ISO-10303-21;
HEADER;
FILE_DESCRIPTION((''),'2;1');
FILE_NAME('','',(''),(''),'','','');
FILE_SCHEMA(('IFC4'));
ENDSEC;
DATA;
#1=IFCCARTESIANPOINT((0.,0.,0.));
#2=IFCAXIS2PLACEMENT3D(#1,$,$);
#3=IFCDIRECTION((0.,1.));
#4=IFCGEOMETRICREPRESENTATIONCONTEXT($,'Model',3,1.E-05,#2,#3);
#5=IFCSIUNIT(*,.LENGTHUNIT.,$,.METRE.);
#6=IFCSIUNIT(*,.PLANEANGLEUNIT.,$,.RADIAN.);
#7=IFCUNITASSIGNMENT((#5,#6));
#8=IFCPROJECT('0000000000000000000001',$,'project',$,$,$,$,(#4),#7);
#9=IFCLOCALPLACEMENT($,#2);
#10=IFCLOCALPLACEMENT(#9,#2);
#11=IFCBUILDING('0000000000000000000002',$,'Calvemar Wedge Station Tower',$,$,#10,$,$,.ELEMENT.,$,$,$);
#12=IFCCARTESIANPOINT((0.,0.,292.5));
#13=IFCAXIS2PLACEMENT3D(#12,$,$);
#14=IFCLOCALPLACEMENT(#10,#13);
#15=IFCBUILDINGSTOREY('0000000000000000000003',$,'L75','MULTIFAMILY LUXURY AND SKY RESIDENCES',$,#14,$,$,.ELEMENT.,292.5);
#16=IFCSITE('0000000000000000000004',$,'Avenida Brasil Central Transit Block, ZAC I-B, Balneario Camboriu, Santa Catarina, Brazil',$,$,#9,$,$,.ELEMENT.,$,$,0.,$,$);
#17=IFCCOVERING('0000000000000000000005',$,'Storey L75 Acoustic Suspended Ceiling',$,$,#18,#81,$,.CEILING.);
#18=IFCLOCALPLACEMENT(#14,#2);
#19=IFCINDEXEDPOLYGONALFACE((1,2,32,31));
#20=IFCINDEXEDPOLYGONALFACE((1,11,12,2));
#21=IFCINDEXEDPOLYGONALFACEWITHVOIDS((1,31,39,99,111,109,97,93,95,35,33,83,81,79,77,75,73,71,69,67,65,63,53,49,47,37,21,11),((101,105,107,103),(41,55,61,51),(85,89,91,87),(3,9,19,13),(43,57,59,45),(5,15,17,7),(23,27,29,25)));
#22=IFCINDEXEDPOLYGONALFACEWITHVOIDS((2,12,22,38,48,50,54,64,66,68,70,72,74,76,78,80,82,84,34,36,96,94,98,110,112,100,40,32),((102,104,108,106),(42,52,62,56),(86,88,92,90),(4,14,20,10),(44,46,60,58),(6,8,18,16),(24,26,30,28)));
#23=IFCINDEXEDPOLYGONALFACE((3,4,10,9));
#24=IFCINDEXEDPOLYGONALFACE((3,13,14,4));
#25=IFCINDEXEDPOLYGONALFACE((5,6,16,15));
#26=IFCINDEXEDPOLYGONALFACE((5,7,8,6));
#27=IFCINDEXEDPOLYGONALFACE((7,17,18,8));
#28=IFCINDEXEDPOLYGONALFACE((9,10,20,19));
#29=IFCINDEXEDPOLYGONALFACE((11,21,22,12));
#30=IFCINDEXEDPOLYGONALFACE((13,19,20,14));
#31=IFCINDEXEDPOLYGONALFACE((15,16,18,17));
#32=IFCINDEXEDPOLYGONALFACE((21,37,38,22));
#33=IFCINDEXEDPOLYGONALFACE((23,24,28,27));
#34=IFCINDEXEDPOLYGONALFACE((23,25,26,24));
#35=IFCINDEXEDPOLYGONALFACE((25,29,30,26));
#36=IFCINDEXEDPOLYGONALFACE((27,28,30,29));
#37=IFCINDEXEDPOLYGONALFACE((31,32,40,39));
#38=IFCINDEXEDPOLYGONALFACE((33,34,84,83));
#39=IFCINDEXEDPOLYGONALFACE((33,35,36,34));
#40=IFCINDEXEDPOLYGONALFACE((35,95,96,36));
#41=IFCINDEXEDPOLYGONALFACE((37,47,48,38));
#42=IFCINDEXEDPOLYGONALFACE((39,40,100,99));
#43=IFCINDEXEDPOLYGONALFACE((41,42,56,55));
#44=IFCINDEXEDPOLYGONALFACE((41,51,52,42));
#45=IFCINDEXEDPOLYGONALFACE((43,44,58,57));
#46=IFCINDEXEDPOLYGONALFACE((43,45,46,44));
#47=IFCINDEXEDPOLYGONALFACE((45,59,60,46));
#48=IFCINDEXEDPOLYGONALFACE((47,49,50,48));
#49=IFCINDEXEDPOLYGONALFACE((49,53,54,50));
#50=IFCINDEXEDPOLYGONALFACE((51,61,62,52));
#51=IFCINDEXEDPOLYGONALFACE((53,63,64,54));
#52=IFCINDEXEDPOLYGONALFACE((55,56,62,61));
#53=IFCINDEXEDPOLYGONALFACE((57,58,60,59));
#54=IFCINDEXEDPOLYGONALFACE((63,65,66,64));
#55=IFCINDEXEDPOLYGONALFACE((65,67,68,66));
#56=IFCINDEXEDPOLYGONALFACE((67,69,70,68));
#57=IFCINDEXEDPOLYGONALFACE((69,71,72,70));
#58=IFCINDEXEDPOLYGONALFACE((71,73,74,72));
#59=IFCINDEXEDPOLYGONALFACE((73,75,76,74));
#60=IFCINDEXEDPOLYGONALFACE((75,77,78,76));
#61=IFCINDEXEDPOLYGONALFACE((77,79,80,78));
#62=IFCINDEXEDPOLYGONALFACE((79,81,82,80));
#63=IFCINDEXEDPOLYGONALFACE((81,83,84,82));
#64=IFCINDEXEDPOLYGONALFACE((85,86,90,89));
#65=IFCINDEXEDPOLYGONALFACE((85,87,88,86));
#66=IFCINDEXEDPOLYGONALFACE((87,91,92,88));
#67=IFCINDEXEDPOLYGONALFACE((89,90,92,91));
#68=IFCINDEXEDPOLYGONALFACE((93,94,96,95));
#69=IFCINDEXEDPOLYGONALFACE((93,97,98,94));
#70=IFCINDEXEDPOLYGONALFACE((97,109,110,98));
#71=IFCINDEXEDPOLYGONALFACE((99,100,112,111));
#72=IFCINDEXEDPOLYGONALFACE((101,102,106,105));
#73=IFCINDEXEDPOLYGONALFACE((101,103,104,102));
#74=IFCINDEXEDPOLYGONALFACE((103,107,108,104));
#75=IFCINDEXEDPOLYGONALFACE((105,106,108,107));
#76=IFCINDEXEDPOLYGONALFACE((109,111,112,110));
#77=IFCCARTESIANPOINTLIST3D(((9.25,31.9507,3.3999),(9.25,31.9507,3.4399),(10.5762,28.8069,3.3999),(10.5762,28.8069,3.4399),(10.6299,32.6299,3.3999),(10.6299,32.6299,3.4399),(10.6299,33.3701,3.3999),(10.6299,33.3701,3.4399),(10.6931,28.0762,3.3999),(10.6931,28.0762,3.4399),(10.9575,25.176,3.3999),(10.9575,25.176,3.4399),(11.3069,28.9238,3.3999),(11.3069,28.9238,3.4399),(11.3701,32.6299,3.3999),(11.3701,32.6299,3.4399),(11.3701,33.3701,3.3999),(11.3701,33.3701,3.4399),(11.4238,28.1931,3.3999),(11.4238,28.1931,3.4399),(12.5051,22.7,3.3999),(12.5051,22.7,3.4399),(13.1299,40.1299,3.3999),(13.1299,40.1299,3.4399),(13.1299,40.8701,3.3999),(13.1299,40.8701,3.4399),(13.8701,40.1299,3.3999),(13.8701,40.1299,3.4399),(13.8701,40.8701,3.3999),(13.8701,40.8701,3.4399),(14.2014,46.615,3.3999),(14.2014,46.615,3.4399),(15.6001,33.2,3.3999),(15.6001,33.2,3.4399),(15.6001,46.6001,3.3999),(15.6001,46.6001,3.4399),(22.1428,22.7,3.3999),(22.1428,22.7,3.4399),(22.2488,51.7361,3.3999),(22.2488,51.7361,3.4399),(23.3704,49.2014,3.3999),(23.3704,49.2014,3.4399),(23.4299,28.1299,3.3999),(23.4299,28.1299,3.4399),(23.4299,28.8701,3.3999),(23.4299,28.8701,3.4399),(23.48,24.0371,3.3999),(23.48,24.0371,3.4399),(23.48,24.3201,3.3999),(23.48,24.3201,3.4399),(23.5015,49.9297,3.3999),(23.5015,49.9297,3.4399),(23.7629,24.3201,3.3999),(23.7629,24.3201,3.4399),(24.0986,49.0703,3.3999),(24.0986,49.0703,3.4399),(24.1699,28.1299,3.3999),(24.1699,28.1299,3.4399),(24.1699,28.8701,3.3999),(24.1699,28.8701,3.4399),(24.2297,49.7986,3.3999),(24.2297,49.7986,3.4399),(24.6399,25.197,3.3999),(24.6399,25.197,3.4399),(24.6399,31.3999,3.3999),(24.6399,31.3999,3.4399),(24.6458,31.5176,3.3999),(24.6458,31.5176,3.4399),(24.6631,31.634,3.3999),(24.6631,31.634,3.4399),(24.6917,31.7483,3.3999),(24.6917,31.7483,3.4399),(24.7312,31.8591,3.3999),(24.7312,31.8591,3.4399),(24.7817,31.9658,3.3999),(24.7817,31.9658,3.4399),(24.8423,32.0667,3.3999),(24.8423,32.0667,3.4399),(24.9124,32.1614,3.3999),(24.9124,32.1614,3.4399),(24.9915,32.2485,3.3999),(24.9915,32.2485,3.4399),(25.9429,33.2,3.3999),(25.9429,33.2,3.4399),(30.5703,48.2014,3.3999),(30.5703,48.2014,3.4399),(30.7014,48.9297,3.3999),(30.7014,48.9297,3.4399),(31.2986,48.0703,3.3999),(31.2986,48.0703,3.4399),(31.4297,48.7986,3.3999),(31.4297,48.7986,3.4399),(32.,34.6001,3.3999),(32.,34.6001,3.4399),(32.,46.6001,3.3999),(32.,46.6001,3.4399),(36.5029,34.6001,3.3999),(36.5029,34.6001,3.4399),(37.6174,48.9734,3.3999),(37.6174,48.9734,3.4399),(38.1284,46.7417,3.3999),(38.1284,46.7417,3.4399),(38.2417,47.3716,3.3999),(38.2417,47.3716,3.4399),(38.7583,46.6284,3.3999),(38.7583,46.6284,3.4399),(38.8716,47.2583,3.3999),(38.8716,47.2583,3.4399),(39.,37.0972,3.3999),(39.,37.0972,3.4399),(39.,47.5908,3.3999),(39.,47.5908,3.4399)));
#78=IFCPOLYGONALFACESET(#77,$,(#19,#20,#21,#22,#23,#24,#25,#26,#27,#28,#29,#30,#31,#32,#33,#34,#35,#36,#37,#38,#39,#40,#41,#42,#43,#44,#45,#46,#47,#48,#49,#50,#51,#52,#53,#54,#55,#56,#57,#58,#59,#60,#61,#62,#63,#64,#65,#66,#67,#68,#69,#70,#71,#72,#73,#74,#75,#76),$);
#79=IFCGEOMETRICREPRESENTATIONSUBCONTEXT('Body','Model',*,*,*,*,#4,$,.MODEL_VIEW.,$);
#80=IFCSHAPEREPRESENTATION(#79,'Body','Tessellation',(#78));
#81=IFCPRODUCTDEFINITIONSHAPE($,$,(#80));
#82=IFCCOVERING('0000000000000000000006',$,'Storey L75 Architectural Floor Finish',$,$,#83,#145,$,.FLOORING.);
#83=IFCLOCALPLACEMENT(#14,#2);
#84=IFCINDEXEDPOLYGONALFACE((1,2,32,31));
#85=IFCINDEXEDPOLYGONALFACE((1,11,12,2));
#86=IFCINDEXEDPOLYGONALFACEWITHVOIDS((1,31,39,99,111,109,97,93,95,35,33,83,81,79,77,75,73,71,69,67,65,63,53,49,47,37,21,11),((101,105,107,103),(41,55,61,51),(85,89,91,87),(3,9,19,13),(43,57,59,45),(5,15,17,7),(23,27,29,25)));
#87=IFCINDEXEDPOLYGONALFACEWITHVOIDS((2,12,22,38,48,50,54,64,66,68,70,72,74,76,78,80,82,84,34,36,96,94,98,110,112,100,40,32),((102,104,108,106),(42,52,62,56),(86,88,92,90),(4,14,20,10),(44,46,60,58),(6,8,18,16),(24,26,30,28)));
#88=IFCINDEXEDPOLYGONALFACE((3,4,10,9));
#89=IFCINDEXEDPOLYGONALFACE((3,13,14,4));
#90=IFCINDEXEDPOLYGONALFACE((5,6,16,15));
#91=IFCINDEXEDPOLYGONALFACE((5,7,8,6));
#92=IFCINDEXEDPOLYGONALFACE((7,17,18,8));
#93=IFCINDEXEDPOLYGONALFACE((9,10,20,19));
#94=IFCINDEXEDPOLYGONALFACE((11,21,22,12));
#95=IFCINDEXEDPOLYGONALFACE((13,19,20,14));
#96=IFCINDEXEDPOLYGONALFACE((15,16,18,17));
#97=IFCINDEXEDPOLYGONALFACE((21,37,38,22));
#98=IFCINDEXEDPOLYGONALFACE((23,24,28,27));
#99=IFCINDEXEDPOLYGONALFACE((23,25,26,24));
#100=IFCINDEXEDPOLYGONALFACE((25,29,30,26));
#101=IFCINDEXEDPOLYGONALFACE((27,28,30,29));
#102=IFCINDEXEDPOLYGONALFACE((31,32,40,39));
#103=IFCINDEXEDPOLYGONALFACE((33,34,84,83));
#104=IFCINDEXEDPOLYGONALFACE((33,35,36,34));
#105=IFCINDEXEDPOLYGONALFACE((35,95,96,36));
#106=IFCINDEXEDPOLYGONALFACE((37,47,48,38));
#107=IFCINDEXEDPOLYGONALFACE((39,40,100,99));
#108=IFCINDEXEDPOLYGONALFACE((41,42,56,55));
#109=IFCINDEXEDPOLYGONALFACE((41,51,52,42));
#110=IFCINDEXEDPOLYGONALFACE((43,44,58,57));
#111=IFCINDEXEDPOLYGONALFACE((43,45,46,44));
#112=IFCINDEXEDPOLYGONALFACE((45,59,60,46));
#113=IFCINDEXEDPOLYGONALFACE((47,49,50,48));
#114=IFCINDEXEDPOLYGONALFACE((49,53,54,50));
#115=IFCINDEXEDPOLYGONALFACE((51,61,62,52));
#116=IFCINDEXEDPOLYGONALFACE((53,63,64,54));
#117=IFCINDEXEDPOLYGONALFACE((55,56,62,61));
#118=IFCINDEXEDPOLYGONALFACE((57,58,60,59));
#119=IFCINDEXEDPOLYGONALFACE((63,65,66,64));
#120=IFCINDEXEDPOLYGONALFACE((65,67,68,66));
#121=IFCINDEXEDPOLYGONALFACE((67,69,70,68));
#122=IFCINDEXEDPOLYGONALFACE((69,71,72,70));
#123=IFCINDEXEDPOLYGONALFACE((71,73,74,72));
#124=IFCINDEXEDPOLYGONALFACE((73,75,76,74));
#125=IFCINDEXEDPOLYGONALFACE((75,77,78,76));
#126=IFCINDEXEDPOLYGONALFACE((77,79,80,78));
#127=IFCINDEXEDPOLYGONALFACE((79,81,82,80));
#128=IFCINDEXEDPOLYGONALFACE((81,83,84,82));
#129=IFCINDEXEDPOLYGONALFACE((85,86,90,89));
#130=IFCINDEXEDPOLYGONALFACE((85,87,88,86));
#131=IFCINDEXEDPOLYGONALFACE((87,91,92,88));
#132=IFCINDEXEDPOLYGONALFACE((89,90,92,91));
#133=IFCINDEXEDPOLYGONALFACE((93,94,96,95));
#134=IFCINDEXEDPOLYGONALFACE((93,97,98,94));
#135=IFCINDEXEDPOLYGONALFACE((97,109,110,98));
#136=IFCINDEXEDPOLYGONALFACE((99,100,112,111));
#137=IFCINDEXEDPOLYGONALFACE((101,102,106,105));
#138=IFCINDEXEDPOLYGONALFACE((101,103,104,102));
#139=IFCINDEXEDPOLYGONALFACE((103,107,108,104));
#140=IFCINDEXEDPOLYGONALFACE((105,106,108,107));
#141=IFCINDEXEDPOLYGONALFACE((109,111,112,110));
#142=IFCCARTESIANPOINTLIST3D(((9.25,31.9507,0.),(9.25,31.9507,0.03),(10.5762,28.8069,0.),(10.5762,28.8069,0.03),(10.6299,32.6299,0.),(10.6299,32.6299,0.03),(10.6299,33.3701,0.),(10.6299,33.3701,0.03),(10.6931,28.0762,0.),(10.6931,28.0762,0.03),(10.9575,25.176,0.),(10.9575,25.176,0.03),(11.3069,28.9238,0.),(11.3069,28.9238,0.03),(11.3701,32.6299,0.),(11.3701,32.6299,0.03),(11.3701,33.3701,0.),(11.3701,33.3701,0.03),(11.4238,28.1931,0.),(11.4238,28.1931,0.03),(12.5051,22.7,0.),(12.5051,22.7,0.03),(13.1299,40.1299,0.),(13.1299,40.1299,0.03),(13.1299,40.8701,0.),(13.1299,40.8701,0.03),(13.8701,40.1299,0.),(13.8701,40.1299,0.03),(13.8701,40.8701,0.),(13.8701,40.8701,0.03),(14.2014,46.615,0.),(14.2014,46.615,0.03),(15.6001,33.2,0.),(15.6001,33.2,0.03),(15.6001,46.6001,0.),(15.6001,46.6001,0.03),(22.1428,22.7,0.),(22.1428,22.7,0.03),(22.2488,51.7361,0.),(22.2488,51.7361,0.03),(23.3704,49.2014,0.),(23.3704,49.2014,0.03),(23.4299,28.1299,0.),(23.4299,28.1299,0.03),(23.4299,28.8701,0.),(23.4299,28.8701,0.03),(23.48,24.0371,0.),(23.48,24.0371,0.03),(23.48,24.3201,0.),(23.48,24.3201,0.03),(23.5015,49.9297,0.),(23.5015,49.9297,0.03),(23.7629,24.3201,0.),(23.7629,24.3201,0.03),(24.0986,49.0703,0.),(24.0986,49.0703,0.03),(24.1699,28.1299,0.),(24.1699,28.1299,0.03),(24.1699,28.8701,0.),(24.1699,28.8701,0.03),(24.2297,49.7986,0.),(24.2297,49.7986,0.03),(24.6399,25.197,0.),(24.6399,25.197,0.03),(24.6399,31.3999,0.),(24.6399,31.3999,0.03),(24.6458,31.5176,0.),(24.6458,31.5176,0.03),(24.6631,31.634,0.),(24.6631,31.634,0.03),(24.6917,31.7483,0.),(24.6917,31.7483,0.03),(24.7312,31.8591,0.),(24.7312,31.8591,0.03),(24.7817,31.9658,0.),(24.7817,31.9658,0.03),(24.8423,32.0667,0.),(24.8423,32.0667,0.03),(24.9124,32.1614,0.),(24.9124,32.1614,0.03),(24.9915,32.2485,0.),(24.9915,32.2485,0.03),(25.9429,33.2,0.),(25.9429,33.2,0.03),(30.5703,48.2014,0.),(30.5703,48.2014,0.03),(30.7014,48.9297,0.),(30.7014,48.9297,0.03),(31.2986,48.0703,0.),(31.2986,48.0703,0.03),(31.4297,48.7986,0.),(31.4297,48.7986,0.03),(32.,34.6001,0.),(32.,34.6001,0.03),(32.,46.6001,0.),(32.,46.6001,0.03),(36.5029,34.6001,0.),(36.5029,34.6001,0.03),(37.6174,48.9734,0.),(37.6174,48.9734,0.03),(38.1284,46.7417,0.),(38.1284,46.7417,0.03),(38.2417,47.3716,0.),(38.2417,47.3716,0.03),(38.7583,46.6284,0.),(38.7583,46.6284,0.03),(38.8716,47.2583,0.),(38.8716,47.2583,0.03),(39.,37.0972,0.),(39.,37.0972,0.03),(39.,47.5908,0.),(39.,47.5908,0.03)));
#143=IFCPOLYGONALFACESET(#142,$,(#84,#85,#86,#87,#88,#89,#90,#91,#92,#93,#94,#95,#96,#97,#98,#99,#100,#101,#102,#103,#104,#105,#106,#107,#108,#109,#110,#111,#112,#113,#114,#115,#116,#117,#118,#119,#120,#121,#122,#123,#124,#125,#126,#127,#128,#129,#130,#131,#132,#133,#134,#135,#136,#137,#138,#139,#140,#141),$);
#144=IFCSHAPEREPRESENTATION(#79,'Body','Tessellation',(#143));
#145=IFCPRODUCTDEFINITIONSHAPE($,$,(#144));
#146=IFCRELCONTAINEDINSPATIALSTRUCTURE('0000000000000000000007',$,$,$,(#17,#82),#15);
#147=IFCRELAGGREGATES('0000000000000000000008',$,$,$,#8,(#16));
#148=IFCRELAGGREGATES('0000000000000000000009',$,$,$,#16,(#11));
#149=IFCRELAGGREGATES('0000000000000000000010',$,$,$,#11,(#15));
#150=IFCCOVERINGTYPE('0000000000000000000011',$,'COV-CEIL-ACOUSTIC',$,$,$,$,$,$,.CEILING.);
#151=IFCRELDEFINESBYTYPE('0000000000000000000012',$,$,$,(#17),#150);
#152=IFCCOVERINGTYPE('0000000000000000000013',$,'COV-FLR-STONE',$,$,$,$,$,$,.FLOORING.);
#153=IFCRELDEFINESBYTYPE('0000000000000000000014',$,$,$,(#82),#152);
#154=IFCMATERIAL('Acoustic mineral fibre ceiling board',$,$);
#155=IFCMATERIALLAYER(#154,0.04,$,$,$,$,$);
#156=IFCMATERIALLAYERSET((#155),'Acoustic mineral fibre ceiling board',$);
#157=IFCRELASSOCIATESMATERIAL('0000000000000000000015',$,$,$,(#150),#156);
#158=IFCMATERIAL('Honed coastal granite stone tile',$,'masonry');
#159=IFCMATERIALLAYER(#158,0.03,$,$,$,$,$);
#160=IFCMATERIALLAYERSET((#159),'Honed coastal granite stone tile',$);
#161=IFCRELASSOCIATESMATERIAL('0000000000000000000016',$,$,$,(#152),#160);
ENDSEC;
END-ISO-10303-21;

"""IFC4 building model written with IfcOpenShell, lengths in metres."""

from ifc_helpers import new_model, si_unit, direction, frame, origin, place, context, subcontext, project, spatial, polyline, outline, extrude, material, layer, layer_set, type_object, element, save


model = new_model("IFC4")

# Units and contexts
model_context = context("Model", 3, precision=1e-05, world=origin(), true_north=direction((0.0, 1.0)))
body_context = subcontext(model_context, "Body", "Model", "MODEL_VIEW")
ifc_project = project(units=[si_unit("LENGTHUNIT", "METRE"), si_unit("PLANEANGLEUNIT", "RADIAN")], contexts=[model_context])

# Site, building, storey
site_placement = place(None, origin())
site = spatial("IfcSite", under=ifc_project, at=site_placement, Name="Avenida Brasil Central Transit Block, ZAC I-B, Balneario Camboriu, Santa Catarina, Brazil", CompositionType="ELEMENT", RefElevation=0.0)
building_placement = place(site_placement, origin())
building = spatial("IfcBuilding", under=site, at=building_placement, Name="Calvemar Wedge Station Tower", CompositionType="ELEMENT")
storey_placement = place(building_placement, frame((0.0, 0.0, 292.5)))
storey = spatial("IfcBuildingStorey", under=building, at=storey_placement, Name="L75", Description="MULTIFAMILY LUXURY AND SKY RESIDENCES", CompositionType="ELEMENT", Elevation=292.5)

# Coverings
ifc_material_1 = material(Name="Acoustic mineral fibre ceiling board")
ifc_layer_1 = layer(ifc_material_1, 0.04)
ifc_layer_set_1 = layer_set([ifc_layer_1], Name="Acoustic mineral fibre ceiling board")
covering_type_1 = type_object("IfcCoveringType", Name="COV-CEIL-ACOUSTIC", PredefinedType="CEILING", material=ifc_layer_set_1)
covering_1_placement = place(storey_placement, frame((0.0, 0.0, 3.3999)))
element("IfcCovering", 1, at=covering_1_placement, inside=storey, type_object=covering_type_1, Name="Storey L75 Acoustic Suspended Ceiling", PredefinedType="CEILING", context=body_context, shape_type="SweptSolid", body=[
    extrude(outline(polyline([(32.0, 46.6001), (32.0, 34.6001), (36.5029, 34.6001), (39.0, 37.0972), (39.0, 47.5908), (37.6174, 48.9734), (22.2488, 51.7361), (14.2014, 46.615), (9.25, 31.9507), (10.9575, 25.176), (12.5051, 22.7), (22.1428, 22.7), (23.48, 24.0371), (23.48, 24.3201), (23.7629, 24.3201), (24.6399, 25.197), (24.6399, 31.3999), (24.6458, 31.5176), (24.6631, 31.634), (24.6917, 31.7483), (24.7312, 31.8591), (24.7817, 31.9658), (24.8423, 32.0667), (24.9124, 32.1614), (24.9915, 32.2485), (25.9429, 33.2), (15.6001, 33.2), (15.6001, 46.6001), (32.0, 46.6001)]), holes=[polyline([(10.6299, 32.6299), (10.6299, 33.3701), (11.3701, 33.3701), (11.3701, 32.6299), (10.6299, 32.6299)]), polyline([(13.1299, 40.8701), (13.8701, 40.8701), (13.8701, 40.1299), (13.1299, 40.1299), (13.1299, 40.8701)]), polyline([(24.2297, 49.7986), (24.0986, 49.0703), (23.3704, 49.2014), (23.5015, 49.9297), (24.2297, 49.7986)]), polyline([(31.2986, 48.0703), (30.5703, 48.2014), (30.7014, 48.9297), (31.4297, 48.7986), (31.2986, 48.0703)]), polyline([(38.1284, 46.7417), (38.2417, 47.3716), (38.8716, 47.2583), (38.7583, 46.6284), (38.1284, 46.7417)]), polyline([(11.3069, 28.9238), (11.4238, 28.1931), (10.6931, 28.0762), (10.5762, 28.8069), (11.3069, 28.9238)]), polyline([(24.1699, 28.8701), (24.1699, 28.1299), (23.4299, 28.1299), (23.4299, 28.8701), (24.1699, 28.8701)])]), origin(), (0.0, 0.0, 1.0), 0.04),
])
ifc_material_2 = material(Name="Honed coastal granite stone tile", Category="masonry")
ifc_layer_2 = layer(ifc_material_2, 0.03)
ifc_layer_set_2 = layer_set([ifc_layer_2], Name="Honed coastal granite stone tile")
covering_type_2 = type_object("IfcCoveringType", Name="COV-FLR-STONE", PredefinedType="FLOORING", material=ifc_layer_set_2)
covering_2_placement = place(storey_placement, origin())
element("IfcCovering", 2, at=covering_2_placement, inside=storey, type_object=covering_type_2, Name="Storey L75 Architectural Floor Finish", PredefinedType="FLOORING", context=body_context, shape_type="SweptSolid", body=[
    extrude(outline(polyline([(32.0, 46.6001), (32.0, 34.6001), (36.5029, 34.6001), (39.0, 37.0972), (39.0, 47.5908), (37.6174, 48.9734), (22.2488, 51.7361), (14.2014, 46.615), (9.25, 31.9507), (10.9575, 25.176), (12.5051, 22.7), (22.1428, 22.7), (23.48, 24.0371), (23.48, 24.3201), (23.7629, 24.3201), (24.6399, 25.197), (24.6399, 31.3999), (24.6458, 31.5176), (24.6631, 31.634), (24.6917, 31.7483), (24.7312, 31.8591), (24.7817, 31.9658), (24.8423, 32.0667), (24.9124, 32.1614), (24.9915, 32.2485), (25.9429, 33.2), (15.6001, 33.2), (15.6001, 46.6001), (32.0, 46.6001)]), holes=[polyline([(10.6299, 32.6299), (10.6299, 33.3701), (11.3701, 33.3701), (11.3701, 32.6299), (10.6299, 32.6299)]), polyline([(13.1299, 40.8701), (13.8701, 40.8701), (13.8701, 40.1299), (13.1299, 40.1299), (13.1299, 40.8701)]), polyline([(24.2297, 49.7986), (24.0986, 49.0703), (23.3704, 49.2014), (23.5015, 49.9297), (24.2297, 49.7986)]), polyline([(31.2986, 48.0703), (30.5703, 48.2014), (30.7014, 48.9297), (31.4297, 48.7986), (31.2986, 48.0703)]), polyline([(38.1284, 46.7417), (38.2417, 47.3716), (38.8716, 47.2583), (38.7583, 46.6284), (38.1284, 46.7417)]), polyline([(11.3069, 28.9238), (11.4238, 28.1931), (10.6931, 28.0762), (10.5762, 28.8069), (11.3069, 28.9238)]), polyline([(24.1699, 28.8701), (24.1699, 28.1299), (23.4299, 28.1299), (23.4299, 28.8701), (24.1699, 28.8701)])]), origin(), (0.0, 0.0, 1.0), 0.03),
])

save(model, "model.ifc")
